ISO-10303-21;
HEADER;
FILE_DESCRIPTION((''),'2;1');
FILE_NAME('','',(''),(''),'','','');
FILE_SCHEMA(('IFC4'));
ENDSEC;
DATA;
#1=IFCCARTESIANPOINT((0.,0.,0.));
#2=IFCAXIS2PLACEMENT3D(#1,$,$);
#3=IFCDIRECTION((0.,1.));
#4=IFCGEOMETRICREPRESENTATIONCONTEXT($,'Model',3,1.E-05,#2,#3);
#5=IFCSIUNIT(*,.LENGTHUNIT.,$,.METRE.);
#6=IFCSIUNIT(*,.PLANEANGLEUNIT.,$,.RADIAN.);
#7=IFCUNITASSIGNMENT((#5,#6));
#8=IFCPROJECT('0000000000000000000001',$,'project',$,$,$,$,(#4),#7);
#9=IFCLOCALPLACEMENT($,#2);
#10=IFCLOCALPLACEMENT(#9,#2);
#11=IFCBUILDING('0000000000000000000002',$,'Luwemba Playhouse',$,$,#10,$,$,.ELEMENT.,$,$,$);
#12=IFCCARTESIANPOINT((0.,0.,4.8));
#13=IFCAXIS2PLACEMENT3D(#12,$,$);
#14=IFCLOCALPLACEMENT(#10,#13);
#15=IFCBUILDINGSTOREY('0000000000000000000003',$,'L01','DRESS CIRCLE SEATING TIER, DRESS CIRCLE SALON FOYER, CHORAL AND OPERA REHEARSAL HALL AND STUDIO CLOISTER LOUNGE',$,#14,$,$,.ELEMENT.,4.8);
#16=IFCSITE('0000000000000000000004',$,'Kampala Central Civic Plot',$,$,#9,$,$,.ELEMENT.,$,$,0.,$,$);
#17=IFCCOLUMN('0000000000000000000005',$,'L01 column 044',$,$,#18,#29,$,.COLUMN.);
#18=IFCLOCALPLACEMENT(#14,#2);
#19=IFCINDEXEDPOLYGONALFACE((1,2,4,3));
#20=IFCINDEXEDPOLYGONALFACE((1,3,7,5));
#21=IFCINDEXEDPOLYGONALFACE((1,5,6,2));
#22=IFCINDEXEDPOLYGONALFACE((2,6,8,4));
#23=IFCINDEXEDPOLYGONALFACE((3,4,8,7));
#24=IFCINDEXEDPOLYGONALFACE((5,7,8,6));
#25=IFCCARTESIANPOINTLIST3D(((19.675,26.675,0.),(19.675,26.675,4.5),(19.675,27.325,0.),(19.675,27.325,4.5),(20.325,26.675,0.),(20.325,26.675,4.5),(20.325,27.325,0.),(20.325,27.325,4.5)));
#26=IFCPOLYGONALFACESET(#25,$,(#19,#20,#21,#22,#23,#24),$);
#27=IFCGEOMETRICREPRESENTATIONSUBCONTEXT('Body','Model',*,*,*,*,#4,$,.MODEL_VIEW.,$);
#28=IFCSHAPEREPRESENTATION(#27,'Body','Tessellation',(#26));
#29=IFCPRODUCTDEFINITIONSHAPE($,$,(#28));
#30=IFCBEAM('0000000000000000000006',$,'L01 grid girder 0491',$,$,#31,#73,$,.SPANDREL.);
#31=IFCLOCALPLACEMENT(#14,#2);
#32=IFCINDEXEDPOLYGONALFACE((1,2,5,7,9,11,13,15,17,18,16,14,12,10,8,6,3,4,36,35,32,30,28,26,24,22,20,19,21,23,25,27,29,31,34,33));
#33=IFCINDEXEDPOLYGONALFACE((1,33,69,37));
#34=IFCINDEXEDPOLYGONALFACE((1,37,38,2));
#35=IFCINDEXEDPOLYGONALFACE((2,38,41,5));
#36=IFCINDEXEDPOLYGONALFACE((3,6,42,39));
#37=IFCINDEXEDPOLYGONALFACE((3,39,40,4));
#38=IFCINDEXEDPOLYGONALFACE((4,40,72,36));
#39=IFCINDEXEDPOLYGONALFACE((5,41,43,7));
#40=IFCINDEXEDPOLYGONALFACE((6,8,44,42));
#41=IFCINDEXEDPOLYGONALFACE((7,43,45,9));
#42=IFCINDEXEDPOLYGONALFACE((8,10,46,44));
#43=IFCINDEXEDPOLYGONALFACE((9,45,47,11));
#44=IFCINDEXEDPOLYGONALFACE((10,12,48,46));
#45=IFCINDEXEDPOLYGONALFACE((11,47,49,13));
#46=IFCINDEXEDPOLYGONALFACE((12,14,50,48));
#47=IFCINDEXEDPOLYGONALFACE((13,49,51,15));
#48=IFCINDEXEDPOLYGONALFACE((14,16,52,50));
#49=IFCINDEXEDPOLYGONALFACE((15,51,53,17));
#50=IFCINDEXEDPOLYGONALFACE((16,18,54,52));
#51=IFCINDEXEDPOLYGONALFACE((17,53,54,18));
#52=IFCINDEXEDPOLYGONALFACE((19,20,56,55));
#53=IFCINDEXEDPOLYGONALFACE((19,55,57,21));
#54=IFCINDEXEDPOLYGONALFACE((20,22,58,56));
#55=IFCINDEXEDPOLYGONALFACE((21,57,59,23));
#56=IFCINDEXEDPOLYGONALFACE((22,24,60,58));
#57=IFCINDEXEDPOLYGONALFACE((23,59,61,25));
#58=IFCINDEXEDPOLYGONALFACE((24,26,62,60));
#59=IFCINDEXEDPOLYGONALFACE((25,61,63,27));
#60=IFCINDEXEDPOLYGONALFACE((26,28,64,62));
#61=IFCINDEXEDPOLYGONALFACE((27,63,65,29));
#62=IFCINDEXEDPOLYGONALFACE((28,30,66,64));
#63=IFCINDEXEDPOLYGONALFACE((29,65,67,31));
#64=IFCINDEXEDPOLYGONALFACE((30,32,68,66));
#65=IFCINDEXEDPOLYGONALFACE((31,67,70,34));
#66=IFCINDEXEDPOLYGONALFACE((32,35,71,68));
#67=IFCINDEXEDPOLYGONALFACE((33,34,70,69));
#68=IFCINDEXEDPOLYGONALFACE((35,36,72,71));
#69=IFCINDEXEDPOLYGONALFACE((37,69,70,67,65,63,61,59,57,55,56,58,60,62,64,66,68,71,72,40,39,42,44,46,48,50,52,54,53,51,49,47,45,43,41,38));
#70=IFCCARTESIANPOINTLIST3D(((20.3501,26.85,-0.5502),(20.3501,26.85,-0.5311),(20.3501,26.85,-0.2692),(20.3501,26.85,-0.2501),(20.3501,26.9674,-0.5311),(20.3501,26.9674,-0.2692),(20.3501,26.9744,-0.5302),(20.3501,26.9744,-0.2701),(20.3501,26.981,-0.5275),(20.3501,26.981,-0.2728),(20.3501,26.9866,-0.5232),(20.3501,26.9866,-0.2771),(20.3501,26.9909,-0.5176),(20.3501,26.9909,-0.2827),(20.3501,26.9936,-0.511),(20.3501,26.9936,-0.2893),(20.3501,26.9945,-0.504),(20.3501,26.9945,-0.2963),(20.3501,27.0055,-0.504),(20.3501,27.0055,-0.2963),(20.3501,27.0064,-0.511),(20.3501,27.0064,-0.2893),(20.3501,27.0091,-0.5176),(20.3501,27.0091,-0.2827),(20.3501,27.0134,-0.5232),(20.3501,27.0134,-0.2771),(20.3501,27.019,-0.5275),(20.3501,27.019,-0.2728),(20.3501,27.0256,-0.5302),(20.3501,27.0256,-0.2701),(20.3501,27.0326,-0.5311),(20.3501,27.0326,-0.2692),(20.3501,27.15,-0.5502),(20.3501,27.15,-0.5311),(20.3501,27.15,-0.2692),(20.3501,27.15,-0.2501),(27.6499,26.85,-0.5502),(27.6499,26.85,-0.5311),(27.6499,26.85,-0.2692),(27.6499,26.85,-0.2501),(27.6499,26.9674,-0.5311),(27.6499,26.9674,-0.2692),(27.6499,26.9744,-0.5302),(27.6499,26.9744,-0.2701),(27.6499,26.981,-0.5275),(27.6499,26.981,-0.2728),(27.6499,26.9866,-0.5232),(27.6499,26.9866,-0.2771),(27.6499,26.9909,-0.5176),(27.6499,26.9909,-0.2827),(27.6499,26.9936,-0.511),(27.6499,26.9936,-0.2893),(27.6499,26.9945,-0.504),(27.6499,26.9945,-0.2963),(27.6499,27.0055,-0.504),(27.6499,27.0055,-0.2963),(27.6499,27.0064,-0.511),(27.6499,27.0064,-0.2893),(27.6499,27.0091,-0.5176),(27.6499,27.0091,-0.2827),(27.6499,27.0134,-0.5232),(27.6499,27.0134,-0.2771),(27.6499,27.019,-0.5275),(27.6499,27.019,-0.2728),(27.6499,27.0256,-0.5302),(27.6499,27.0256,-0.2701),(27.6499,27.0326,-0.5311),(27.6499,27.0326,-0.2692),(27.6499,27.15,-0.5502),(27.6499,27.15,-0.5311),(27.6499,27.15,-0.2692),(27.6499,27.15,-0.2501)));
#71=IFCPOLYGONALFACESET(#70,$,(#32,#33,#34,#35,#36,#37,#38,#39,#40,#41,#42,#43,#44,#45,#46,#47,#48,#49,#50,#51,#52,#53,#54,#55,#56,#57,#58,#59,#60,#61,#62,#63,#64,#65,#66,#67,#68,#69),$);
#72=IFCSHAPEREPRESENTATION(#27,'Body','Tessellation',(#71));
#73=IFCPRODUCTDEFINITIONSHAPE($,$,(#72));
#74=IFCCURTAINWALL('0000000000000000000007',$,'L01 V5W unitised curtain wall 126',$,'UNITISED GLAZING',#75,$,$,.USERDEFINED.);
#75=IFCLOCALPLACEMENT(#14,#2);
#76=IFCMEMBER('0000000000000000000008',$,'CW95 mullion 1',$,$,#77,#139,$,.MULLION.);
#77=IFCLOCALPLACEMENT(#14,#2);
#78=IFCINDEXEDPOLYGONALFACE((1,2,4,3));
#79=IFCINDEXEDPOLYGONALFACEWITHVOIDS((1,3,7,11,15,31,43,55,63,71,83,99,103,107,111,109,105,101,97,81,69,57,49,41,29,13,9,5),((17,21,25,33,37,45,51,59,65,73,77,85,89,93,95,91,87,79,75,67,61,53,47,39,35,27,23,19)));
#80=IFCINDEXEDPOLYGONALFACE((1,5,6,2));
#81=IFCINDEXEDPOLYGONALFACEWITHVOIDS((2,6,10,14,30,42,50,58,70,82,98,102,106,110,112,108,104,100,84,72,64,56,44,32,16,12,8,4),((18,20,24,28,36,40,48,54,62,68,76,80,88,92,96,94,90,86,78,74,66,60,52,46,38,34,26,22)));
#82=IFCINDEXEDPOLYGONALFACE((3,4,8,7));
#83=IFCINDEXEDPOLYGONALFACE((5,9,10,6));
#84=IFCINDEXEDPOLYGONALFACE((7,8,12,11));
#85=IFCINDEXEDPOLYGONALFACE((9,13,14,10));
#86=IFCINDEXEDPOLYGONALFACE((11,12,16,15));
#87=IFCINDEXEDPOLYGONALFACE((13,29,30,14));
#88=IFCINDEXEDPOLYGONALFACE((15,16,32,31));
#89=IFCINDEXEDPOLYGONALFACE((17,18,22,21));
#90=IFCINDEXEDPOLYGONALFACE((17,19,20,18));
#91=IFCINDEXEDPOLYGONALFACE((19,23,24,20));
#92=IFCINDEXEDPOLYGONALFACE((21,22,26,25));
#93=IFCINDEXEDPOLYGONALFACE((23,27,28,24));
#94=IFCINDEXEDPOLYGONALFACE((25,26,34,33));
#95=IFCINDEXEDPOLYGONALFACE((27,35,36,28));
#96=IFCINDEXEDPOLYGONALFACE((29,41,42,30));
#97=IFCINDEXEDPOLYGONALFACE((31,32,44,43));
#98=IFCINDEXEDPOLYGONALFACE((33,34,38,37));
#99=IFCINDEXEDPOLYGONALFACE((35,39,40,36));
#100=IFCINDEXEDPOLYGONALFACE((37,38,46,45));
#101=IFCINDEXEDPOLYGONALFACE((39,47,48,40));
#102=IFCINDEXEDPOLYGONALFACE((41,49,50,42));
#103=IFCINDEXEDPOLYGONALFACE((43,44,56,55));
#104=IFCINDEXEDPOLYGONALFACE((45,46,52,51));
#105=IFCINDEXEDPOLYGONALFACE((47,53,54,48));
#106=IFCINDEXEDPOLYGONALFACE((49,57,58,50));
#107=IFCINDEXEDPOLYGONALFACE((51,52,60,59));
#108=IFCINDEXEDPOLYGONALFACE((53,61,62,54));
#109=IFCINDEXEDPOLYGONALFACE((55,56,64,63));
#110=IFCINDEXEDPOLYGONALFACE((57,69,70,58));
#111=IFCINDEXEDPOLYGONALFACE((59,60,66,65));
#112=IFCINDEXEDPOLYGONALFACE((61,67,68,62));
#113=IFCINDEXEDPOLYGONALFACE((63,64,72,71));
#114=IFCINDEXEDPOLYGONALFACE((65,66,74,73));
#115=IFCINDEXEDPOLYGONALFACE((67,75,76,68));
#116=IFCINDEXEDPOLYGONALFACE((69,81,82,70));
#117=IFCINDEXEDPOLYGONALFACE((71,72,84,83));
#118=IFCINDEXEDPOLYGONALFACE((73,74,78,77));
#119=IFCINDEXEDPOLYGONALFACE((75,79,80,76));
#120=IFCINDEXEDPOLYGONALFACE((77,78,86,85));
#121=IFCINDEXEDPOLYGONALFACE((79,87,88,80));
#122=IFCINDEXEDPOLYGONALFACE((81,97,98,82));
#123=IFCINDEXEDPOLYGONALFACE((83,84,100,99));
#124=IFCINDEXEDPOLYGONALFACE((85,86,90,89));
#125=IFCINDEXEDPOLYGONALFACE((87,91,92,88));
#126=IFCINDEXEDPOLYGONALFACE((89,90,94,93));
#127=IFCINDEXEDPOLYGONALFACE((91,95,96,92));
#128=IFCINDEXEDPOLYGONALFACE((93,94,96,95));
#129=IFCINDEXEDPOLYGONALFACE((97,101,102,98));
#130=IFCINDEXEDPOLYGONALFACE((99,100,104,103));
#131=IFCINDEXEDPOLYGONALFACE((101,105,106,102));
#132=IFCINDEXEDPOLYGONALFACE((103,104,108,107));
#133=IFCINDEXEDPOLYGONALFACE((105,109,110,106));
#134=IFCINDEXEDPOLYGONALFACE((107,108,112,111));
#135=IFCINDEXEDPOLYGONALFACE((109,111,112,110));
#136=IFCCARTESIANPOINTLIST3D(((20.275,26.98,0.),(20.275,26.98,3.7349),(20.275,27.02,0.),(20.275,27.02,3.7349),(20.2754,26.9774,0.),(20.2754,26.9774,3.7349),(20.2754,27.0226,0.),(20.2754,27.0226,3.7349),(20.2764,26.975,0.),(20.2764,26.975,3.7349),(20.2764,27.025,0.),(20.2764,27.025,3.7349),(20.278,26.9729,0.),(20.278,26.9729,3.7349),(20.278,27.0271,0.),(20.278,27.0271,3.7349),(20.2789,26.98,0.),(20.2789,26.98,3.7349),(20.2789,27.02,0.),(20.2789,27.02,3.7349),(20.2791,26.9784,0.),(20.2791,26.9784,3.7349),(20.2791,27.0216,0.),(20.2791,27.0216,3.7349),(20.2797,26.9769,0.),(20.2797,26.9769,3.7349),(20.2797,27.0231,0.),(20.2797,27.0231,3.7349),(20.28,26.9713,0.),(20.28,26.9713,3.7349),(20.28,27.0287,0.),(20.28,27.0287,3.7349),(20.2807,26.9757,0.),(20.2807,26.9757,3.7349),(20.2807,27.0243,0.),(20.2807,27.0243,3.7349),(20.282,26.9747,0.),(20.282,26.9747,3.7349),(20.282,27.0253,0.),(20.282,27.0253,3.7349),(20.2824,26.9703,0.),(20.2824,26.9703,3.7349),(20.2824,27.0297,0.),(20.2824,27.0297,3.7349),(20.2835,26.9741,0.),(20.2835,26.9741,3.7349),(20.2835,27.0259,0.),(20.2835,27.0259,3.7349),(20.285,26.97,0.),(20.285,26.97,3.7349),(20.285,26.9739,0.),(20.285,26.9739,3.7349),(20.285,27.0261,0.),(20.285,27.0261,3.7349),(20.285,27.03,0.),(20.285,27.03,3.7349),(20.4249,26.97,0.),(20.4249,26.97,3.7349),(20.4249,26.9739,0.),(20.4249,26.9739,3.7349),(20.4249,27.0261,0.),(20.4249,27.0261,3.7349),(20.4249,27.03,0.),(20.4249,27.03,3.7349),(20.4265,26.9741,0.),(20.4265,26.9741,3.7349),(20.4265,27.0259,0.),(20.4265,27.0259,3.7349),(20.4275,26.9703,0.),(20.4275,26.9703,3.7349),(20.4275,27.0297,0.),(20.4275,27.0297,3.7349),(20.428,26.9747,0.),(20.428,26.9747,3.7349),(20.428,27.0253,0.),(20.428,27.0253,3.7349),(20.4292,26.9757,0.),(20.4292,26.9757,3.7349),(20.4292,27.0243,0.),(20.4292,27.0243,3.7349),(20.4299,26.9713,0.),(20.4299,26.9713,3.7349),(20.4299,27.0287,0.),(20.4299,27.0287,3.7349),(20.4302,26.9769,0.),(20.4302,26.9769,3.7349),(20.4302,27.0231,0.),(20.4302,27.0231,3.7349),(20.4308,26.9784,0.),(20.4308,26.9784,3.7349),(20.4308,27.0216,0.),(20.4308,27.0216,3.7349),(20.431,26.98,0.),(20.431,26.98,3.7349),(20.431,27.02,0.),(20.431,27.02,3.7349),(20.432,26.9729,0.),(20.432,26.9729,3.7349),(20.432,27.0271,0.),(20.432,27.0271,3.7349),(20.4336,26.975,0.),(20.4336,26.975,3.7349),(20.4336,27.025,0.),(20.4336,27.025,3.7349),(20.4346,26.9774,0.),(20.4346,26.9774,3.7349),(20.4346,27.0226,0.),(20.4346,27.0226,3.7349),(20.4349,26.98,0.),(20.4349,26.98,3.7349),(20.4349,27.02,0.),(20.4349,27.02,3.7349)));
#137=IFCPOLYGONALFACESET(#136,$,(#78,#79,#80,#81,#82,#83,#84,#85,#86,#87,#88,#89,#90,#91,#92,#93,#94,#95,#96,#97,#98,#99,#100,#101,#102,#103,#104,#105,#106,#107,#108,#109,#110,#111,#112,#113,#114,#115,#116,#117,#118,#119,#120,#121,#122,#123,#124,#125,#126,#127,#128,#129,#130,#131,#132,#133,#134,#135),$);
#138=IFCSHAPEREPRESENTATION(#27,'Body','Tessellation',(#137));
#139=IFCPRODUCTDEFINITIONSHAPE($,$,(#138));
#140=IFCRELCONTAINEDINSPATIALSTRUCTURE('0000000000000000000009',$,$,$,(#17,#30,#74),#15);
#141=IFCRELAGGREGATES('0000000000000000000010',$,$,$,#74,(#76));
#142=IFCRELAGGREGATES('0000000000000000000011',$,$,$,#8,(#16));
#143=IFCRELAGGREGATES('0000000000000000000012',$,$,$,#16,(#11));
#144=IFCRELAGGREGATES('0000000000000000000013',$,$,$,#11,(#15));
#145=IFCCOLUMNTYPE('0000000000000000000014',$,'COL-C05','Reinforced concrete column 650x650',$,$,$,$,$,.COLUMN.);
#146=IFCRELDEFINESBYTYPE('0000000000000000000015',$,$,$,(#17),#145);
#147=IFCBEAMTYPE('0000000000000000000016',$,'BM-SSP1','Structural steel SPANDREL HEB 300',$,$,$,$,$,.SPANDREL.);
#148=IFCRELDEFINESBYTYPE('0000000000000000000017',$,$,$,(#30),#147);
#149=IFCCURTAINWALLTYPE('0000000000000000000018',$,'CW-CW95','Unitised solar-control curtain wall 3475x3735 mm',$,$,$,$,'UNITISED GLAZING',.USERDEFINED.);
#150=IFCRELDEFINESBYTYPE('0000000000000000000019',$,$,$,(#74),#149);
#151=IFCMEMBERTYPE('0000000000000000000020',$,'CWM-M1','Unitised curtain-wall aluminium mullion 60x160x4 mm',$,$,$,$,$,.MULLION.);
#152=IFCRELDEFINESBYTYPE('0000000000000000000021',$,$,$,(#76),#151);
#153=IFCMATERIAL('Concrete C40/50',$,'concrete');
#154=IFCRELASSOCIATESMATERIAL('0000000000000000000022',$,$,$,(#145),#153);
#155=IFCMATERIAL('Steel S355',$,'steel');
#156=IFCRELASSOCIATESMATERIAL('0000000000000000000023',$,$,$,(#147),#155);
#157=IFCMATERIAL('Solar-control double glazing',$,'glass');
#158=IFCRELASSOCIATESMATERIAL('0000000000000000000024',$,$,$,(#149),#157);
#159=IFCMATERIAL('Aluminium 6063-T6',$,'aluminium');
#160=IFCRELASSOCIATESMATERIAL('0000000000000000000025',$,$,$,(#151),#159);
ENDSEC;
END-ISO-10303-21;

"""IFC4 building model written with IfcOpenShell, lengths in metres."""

from ifc_helpers import new_model, si_unit, direction, frame, origin, origin_2d, place, context, subcontext, project, spatial, rectangle, hollow_rectangle, i_section, extrude, material, material_profile, profile_set, type_object, element, aggregate, save


model = new_model("IFC4")

# Units and contexts
model_context = context("Model", 3, precision=1e-05, world=origin(), true_north=direction((0.0, 1.0)))
body_context = subcontext(model_context, "Body", "Model", "MODEL_VIEW")
ifc_project = project(units=[si_unit("LENGTHUNIT", "METRE"), si_unit("PLANEANGLEUNIT", "RADIAN")], contexts=[model_context])

# Site, building, storey
site_placement = place(None, origin())
site = spatial("IfcSite", under=ifc_project, at=site_placement, Name="Kampala Central Civic Plot", CompositionType="ELEMENT", RefElevation=0.0)
building_placement = place(site_placement, origin())
building = spatial("IfcBuilding", under=site, at=building_placement, Name="Luwemba Playhouse", CompositionType="ELEMENT")
storey_placement = place(building_placement, frame((0.0, 0.0, 4.8)))
storey = spatial("IfcBuildingStorey", under=building, at=storey_placement, Name="L01", Description="DRESS CIRCLE SEATING TIER, DRESS CIRCLE SALON FOYER, CHORAL AND OPERA REHEARSAL HALL AND STUDIO CLOISTER LOUNGE", CompositionType="ELEMENT", Elevation=4.8)

# Column
ifc_material_1 = material(Name="Concrete C40/50", Category="concrete")
ifc_material_profile_1 = material_profile(ifc_material_1, rectangle(XDim=0.6499, YDim=0.6499, at=origin_2d()))
ifc_profile_set_1 = profile_set([ifc_material_profile_1], Name="Concrete C40/50")
column_type = type_object("IfcColumnType", Name="COL-C05", Description="Reinforced concrete column 650x650", PredefinedType="COLUMN", material=ifc_profile_set_1)
column_placement = place(storey_placement, frame((20.0, 27.0, 0.0), z_axis=(0.0, 0.0, 1.0), x_axis=(1.0, 0.0, 0.0)))
element("IfcColumn", 1, at=column_placement, inside=storey, type_object=column_type, Name="L01 column 044", PredefinedType="COLUMN", context=body_context, shape_type="SweptSolid", body=[
    extrude(rectangle(XDim=0.6499, YDim=0.6499, at=origin_2d()), origin(), (0.0, 0.0, 1.0), 4.5),
])

# Beam
ifc_material_2 = material(Name="Steel S355", Category="steel")
ifc_material_profile_2 = material_profile(ifc_material_2, i_section(OverallWidth=0.3, OverallDepth=0.3, WebThickness=0.011, FlangeThickness=0.019, FilletRadius=0.0271, at=origin_2d()))
ifc_profile_set_2 = profile_set([ifc_material_profile_2], Name="Steel S355")
beam_type = type_object("IfcBeamType", Name="BM-SSP1", Description="Structural steel SPANDREL HEB 300", PredefinedType="SPANDREL", material=ifc_profile_set_2)
beam_placement = place(storey_placement, frame((20.3501, 27.0, -0.4001), z_axis=(1.0, 0.0, 0.0), x_axis=(0.0, 1.0, 0.0)))
element("IfcBeam", 2, at=beam_placement, inside=storey, type_object=beam_type, Name="L01 grid girder 0491", PredefinedType="SPANDREL", context=body_context, shape_type="SweptSolid", body=[
    extrude(i_section(OverallWidth=0.3, OverallDepth=0.3, WebThickness=0.011, FlangeThickness=0.019, FilletRadius=0.0271, at=origin_2d()), origin(), (0.0, 0.0, 1.0), 7.2998),
])

# Curtain wall, member
ifc_material_3 = material(Name="Solar-control double glazing", Category="glass")
curtain_wall_type_1 = type_object("IfcCurtainWallType", Name="CW-CW95", Description="Unitised solar-control curtain wall 3475x3735 mm", ElementType="UNITISED GLAZING", PredefinedType="USERDEFINED", material=ifc_material_3)
curtain_wall_1_placement = place(storey_placement, origin())
curtain_wall_1 = element("IfcCurtainWall", 3, at=curtain_wall_1_placement, inside=storey, type_object=curtain_wall_type_1, Name="L01 V5W unitised curtain wall 126", ObjectType="UNITISED GLAZING", PredefinedType="USERDEFINED")
ifc_material_4 = material(Name="Aluminium 6063-T6", Category="aluminium")
ifc_material_profile_3 = material_profile(ifc_material_4, hollow_rectangle(XDim=0.0601, YDim=0.1599, WallThickness=0.0039, InnerFilletRadius=0.0061, OuterFilletRadius=0.01, at=origin_2d()))
ifc_profile_set_3 = profile_set([ifc_material_profile_3], Name="Aluminium 6063-T6")
member_type_1 = type_object("IfcMemberType", Name="CWM-M1", Description="Unitised curtain-wall aluminium mullion 60x160x4 mm", PredefinedType="MULLION", material=ifc_profile_set_3)
member_1_placement = place(storey_placement, frame((20.355, 27.0, 0.0), z_axis=(0.0, 0.0, 1.0), x_axis=(0.0, 1.0, 0.0)))
member_1 = element("IfcMember", 4, at=member_1_placement, type_object=member_type_1, Name="CW95 mullion 1", PredefinedType="MULLION", context=body_context, shape_type="SweptSolid", body=[
    extrude(hollow_rectangle(XDim=0.0601, YDim=0.1599, WallThickness=0.0039, InnerFilletRadius=0.0061, OuterFilletRadius=0.01, at=origin_2d()), origin(), (0.0, 0.0, 1.0), 3.7349),
])

aggregate(curtain_wall_1, [member_1])

save(model, "model.ifc")
